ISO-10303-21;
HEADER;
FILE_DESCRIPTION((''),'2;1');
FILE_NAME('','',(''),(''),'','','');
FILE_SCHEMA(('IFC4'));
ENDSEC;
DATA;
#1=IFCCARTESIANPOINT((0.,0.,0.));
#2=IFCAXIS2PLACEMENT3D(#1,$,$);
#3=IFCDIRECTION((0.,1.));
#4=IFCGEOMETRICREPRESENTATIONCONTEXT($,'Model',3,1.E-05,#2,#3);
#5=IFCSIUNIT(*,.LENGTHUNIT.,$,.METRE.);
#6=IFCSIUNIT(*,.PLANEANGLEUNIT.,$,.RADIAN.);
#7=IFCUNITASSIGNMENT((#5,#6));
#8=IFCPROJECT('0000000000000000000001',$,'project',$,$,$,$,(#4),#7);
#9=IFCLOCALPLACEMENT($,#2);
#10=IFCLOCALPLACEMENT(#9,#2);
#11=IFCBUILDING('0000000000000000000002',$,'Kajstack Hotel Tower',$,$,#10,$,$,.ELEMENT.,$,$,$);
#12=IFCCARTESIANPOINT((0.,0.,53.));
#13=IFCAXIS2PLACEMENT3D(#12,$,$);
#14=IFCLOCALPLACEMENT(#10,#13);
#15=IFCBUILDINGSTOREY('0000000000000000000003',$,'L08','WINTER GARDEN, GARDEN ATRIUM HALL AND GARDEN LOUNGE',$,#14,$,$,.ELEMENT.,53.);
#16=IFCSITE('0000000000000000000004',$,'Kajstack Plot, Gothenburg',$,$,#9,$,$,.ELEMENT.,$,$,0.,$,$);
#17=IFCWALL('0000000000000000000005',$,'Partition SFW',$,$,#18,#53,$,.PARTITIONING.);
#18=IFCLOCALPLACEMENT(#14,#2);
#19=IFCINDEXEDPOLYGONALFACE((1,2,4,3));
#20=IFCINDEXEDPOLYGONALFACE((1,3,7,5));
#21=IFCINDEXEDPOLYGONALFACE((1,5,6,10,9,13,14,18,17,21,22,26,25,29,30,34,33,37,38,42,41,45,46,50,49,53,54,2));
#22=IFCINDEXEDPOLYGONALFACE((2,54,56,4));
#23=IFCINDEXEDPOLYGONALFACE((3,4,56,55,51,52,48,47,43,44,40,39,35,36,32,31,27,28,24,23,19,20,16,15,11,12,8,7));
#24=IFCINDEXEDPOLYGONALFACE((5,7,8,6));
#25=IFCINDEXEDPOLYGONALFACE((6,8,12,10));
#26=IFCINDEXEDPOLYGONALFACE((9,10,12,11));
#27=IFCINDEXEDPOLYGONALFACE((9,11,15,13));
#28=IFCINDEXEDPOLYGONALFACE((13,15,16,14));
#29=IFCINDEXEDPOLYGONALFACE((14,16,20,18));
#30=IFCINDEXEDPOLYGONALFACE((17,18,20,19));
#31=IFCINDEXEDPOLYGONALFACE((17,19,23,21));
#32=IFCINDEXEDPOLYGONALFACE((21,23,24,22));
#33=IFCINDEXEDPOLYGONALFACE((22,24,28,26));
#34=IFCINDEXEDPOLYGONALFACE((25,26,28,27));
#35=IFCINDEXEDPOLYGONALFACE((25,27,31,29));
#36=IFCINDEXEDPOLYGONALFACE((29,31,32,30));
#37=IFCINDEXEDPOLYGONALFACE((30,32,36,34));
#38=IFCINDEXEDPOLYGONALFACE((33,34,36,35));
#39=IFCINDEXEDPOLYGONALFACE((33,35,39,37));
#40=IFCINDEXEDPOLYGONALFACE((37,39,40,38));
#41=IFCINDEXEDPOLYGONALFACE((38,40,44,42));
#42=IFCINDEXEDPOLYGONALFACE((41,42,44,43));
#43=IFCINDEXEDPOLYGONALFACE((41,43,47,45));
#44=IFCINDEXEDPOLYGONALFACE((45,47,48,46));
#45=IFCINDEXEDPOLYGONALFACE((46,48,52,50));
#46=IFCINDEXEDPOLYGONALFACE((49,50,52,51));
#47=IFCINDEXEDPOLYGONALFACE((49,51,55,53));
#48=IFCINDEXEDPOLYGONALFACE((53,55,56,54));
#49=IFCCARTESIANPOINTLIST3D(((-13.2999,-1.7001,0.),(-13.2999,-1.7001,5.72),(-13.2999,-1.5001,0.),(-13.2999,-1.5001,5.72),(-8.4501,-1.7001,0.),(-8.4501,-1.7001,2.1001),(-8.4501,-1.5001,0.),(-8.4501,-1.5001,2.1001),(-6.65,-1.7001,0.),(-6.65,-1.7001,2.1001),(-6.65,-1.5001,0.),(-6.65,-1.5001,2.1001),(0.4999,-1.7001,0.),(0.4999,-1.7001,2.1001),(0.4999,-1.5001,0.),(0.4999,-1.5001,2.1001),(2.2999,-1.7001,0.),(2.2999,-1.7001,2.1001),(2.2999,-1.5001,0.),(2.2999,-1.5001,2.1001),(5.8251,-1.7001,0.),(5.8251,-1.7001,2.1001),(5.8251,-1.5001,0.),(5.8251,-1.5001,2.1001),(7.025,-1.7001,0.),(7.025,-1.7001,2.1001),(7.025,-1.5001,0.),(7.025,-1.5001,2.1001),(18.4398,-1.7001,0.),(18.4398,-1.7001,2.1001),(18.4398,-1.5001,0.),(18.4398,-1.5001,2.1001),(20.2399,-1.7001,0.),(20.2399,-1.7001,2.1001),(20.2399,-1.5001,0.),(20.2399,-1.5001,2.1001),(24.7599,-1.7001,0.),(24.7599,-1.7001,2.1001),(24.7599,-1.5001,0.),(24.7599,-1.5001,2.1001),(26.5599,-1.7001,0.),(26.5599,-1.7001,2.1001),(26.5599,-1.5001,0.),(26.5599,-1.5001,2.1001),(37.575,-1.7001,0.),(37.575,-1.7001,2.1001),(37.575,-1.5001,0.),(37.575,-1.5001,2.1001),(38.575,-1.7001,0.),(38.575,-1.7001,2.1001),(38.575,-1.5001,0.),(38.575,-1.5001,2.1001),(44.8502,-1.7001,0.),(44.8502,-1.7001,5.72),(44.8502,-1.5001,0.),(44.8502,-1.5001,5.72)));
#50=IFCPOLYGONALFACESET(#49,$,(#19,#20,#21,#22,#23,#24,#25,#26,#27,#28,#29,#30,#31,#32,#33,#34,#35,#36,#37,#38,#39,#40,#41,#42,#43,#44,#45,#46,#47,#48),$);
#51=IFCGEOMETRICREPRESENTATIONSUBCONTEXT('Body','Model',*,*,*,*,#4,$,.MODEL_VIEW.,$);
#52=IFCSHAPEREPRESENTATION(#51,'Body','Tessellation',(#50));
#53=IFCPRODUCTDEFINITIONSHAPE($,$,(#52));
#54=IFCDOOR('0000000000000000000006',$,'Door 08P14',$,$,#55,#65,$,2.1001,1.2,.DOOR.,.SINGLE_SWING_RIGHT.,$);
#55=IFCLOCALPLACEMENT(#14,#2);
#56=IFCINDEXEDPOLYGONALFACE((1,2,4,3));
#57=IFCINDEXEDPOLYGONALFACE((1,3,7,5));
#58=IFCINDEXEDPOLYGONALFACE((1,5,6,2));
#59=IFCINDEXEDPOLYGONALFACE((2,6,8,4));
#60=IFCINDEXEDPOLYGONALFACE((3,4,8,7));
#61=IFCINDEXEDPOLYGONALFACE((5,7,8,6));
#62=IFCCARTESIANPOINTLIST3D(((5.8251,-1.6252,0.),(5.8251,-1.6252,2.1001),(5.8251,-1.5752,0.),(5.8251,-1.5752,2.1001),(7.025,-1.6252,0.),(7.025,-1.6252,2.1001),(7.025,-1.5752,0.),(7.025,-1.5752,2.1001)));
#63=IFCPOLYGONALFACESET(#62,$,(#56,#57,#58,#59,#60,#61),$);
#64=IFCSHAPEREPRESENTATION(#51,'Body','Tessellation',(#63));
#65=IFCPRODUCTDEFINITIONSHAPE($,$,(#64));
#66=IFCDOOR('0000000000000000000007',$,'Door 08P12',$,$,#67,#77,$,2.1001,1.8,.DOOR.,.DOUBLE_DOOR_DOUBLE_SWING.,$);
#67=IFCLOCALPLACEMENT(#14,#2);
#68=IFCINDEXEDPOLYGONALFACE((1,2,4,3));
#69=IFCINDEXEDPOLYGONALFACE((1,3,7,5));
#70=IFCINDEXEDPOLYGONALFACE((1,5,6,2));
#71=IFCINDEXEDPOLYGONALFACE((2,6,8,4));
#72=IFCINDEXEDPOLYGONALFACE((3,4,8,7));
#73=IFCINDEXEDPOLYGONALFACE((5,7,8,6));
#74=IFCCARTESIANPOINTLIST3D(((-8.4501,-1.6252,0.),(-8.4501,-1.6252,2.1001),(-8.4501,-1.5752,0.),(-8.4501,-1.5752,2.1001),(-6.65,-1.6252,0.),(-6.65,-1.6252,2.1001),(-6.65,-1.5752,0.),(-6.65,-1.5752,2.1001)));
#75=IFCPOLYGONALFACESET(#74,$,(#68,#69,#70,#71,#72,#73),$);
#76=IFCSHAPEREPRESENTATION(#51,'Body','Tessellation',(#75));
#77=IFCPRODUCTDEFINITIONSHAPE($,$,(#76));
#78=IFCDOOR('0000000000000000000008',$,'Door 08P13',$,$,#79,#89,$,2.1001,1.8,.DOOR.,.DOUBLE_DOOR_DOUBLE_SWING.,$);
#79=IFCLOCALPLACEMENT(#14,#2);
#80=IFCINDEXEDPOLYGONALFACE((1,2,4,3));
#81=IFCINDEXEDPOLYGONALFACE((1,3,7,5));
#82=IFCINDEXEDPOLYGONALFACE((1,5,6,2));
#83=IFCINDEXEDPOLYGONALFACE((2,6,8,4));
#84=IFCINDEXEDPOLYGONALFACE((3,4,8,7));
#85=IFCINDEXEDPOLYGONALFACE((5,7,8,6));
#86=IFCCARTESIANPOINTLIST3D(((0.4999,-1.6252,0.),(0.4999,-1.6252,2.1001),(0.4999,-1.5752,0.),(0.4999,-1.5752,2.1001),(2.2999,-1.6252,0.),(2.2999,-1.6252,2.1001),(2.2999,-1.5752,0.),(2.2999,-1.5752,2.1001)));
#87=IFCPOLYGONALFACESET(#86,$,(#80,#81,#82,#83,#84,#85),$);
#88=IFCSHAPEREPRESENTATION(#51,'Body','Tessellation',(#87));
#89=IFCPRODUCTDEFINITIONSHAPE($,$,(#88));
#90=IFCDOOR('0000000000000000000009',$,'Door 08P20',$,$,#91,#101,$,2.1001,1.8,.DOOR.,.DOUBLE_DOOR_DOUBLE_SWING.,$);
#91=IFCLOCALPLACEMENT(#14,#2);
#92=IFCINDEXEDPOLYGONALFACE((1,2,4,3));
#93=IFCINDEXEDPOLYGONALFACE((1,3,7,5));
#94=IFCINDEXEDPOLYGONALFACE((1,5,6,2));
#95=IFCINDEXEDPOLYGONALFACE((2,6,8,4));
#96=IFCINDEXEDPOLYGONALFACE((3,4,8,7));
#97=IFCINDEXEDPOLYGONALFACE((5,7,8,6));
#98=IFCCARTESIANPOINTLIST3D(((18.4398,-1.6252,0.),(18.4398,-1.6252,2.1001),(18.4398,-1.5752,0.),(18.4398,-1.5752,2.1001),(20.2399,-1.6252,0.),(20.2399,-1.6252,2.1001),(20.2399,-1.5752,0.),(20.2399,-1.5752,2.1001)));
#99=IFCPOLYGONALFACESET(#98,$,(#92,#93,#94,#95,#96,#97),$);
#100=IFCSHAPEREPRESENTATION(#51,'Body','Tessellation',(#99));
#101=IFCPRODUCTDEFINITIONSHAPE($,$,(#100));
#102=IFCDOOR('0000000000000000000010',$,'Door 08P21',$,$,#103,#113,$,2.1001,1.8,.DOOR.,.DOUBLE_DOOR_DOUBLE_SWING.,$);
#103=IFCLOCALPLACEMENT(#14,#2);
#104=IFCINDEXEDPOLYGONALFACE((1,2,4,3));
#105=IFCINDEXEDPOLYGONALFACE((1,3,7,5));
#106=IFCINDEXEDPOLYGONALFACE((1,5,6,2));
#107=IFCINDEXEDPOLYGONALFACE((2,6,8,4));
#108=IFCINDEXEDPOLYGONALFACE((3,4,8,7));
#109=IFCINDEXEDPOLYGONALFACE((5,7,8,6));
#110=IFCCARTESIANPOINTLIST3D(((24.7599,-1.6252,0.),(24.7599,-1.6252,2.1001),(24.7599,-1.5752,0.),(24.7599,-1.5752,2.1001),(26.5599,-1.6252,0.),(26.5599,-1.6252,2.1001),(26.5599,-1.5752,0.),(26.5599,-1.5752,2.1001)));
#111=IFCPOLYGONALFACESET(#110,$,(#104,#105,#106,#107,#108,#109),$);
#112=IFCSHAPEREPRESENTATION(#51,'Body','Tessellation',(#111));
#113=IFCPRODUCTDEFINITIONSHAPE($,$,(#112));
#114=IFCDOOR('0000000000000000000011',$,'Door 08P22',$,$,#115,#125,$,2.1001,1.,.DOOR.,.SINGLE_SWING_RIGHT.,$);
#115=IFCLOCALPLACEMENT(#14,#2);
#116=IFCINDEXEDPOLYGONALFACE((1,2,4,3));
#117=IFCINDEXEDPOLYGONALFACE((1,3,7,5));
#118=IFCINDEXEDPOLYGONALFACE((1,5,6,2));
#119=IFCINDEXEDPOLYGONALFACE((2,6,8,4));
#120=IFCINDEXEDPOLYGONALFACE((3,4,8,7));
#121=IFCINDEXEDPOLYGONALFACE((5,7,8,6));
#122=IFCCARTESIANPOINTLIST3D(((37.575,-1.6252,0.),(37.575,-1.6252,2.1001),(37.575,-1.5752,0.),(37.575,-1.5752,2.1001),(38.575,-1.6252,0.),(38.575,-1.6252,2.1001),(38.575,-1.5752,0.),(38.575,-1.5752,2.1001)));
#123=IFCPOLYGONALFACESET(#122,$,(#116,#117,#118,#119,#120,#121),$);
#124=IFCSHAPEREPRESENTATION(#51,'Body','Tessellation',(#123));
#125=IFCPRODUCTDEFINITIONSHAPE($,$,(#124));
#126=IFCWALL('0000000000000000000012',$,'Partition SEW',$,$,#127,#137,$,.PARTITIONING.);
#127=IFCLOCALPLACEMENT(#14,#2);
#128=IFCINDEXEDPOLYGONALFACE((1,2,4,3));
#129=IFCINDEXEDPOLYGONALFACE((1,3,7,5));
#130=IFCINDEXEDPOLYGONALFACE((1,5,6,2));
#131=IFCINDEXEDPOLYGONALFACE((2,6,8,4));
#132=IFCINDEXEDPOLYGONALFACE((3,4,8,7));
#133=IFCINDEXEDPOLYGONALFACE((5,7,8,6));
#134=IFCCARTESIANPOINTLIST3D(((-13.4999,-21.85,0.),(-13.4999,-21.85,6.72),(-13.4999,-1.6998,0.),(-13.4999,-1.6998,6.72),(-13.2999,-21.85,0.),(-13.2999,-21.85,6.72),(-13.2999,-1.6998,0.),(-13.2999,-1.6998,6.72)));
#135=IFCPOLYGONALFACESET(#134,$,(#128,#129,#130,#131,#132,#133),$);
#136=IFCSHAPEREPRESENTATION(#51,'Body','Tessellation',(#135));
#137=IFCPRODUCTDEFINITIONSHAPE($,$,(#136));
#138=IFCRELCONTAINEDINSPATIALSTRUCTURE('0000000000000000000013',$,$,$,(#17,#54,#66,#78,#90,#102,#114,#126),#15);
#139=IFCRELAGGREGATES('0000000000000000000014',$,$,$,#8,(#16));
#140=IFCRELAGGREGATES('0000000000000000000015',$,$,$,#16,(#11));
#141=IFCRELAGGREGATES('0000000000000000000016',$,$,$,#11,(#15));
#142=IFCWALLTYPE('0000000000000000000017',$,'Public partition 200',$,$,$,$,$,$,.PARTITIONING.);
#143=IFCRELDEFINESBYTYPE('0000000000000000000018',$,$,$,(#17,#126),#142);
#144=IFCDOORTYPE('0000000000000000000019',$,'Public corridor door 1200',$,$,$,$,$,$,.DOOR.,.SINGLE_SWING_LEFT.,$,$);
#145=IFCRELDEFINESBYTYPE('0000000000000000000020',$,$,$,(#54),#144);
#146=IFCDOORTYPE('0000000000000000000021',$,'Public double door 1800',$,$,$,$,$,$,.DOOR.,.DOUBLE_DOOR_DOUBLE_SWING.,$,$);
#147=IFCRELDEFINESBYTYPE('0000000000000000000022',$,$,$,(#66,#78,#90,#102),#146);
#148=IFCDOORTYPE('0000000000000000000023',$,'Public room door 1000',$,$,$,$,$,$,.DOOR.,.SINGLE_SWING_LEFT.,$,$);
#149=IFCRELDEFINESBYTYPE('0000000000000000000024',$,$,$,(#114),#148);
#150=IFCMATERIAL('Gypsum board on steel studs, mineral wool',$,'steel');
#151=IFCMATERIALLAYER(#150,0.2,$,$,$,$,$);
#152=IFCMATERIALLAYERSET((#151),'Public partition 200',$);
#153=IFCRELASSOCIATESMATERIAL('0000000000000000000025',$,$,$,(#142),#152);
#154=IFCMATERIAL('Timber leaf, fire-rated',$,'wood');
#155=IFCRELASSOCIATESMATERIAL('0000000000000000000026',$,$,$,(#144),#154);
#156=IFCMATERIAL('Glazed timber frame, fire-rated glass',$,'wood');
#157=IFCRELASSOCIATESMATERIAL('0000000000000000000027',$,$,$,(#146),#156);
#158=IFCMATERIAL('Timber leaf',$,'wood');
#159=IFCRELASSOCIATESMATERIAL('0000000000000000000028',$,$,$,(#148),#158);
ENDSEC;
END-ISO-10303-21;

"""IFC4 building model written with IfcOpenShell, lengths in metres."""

from ifc_helpers import new_model, si_unit, direction, frame, frame_2d, origin, place, context, subcontext, project, spatial, rectangle, extrude, material, layer, layer_set, type_object, element, fill, save


model = new_model("IFC4")

# Units and contexts
model_context = context("Model", 3, precision=1e-05, world=origin(), true_north=direction((0.0, 1.0)))
body_context = subcontext(model_context, "Body", "Model", "MODEL_VIEW")
ifc_project = project(units=[si_unit("LENGTHUNIT", "METRE"), si_unit("PLANEANGLEUNIT", "RADIAN")], contexts=[model_context])

# Site, building, storey
site_placement = place(None, origin())
site = spatial("IfcSite", under=ifc_project, at=site_placement, Name="Kajstack Plot, Gothenburg", CompositionType="ELEMENT", RefElevation=0.0)
building_placement = place(site_placement, origin())
building = spatial("IfcBuilding", under=site, at=building_placement, Name="Kajstack Hotel Tower", CompositionType="ELEMENT")
storey_placement = place(building_placement, frame((0.0, 0.0, 53.0)))
storey = spatial("IfcBuildingStorey", under=building, at=storey_placement, Name="L08", Description="WINTER GARDEN, GARDEN ATRIUM HALL AND GARDEN LOUNGE", CompositionType="ELEMENT", Elevation=53.0)

# Shared definitions
ifc_material_1 = material(Name="Gypsum board on steel studs, mineral wool", Category="steel")
ifc_layer_1 = layer(ifc_material_1, 0.2)
ifc_layer_set_1 = layer_set([ifc_layer_1], Name="Public partition 200")
wall_type = type_object("IfcWallType", Name="Public partition 200", PredefinedType="PARTITIONING", material=ifc_layer_set_1)

# Wall, openings, doors
wall_1_placement = place(storey_placement, frame((-13.3, -1.6001, 0.0), z_axis=(0.0, 0.0, 1.0), x_axis=(1.0, 0.0, 0.0)))
wall_1 = element("IfcWall", 1, at=wall_1_placement, inside=storey, type_object=wall_type, Name="Partition SFW", PredefinedType="PARTITIONING", context=body_context, shape_type="SweptSolid", body=[
    extrude(rectangle(XDim=58.1501, YDim=0.2, at=frame_2d((29.0752, 0.0))), origin(), (0.0, 0.0, 1.0), 5.72),
])
opening_1_placement = place(wall_1_placement, frame((4.8501, 0.0, 0.0)))
opening_1 = element("IfcOpeningElement", 2, at=opening_1_placement, cuts=wall_1, PredefinedType="OPENING", context=body_context, shape_type="SweptSolid", body=[
    extrude(rectangle(XDim=1.8, YDim=2.1001, at=frame_2d((0.8999, 1.05))), frame((0.0, 0.1099, 0.0), z_axis=(0.0, -1.0, 0.0), x_axis=(1.0, 0.0, 0.0)), (0.0, 0.0, 1.0), 0.22),
])
opening_2_placement = place(wall_1_placement, frame((13.8, 0.0, 0.0)))
opening_2 = element("IfcOpeningElement", 3, at=opening_2_placement, cuts=wall_1, PredefinedType="OPENING", context=body_context, shape_type="SweptSolid", body=[
    extrude(rectangle(XDim=1.8, YDim=2.1001, at=frame_2d((0.8999, 1.05))), frame((0.0, 0.1099, 0.0), z_axis=(0.0, -1.0, 0.0), x_axis=(1.0, 0.0, 0.0)), (0.0, 0.0, 1.0), 0.22),
])
opening_3_placement = place(wall_1_placement, frame((19.125, 0.0, 0.0)))
opening_3 = element("IfcOpeningElement", 4, at=opening_3_placement, cuts=wall_1, PredefinedType="OPENING", context=body_context, shape_type="SweptSolid", body=[
    extrude(rectangle(XDim=1.2, YDim=2.1001, at=frame_2d((0.6001, 1.05))), frame((0.0, 0.1099, 0.0), z_axis=(0.0, -1.0, 0.0), x_axis=(1.0, 0.0, 0.0)), (0.0, 0.0, 1.0), 0.22),
])
opening_4_placement = place(wall_1_placement, frame((31.74, 0.0, 0.0)))
opening_4 = element("IfcOpeningElement", 5, at=opening_4_placement, cuts=wall_1, PredefinedType="OPENING", context=body_context, shape_type="SweptSolid", body=[
    extrude(rectangle(XDim=1.8, YDim=2.1001, at=frame_2d((0.8999, 1.05))), frame((0.0, 0.1099, 0.0), z_axis=(0.0, -1.0, 0.0), x_axis=(1.0, 0.0, 0.0)), (0.0, 0.0, 1.0), 0.22),
])
opening_5_placement = place(wall_1_placement, frame((38.0601, 0.0, 0.0)))
opening_5 = element("IfcOpeningElement", 6, at=opening_5_placement, cuts=wall_1, PredefinedType="OPENING", context=body_context, shape_type="SweptSolid", body=[
    extrude(rectangle(XDim=1.8, YDim=2.1001, at=frame_2d((0.8999, 1.05))), frame((0.0, 0.1099, 0.0), z_axis=(0.0, -1.0, 0.0), x_axis=(1.0, 0.0, 0.0)), (0.0, 0.0, 1.0), 0.22),
])
opening_6_placement = place(wall_1_placement, frame((50.875, 0.0, 0.0)))
opening_6 = element("IfcOpeningElement", 7, at=opening_6_placement, cuts=wall_1, PredefinedType="OPENING", context=body_context, shape_type="SweptSolid", body=[
    extrude(rectangle(XDim=1.0, YDim=2.1001, at=frame_2d((0.5, 1.05))), frame((0.0, 0.1099, 0.0), z_axis=(0.0, -1.0, 0.0), x_axis=(1.0, 0.0, 0.0)), (0.0, 0.0, 1.0), 0.22),
])
ifc_material_2 = material(Name="Timber leaf, fire-rated", Category="wood")
door_type_1 = type_object("IfcDoorType", Name="Public corridor door 1200", OperationType="SINGLE_SWING_LEFT", PredefinedType="DOOR", material=ifc_material_2)
door_1_placement = place(opening_3_placement, origin())
door_1 = element("IfcDoor", 8, at=door_1_placement, inside=storey, type_object=door_type_1, Name="Door 08P14", OperationType="SINGLE_SWING_RIGHT", OverallHeight=2.1001, OverallWidth=1.2, PredefinedType="DOOR", context=body_context, shape_type="SweptSolid", body=[
    extrude(rectangle(XDim=1.2, YDim=2.1001, at=frame_2d((0.6001, 1.05))), frame((0.0, 0.0249, 0.0), z_axis=(0.0, -1.0, 0.0), x_axis=(1.0, 0.0, 0.0)), (0.0, 0.0, 1.0), 0.05),
])
fill(opening_3, door_1)
ifc_material_3 = material(Name="Glazed timber frame, fire-rated glass", Category="wood")
door_type_2 = type_object("IfcDoorType", Name="Public double door 1800", OperationType="DOUBLE_DOOR_DOUBLE_SWING", PredefinedType="DOOR", material=ifc_material_3)
door_2_placement = place(opening_1_placement, origin())
door_2 = element("IfcDoor", 9, at=door_2_placement, inside=storey, type_object=door_type_2, Name="Door 08P12", OperationType="DOUBLE_DOOR_DOUBLE_SWING", OverallHeight=2.1001, OverallWidth=1.8, PredefinedType="DOOR", context=body_context, shape_type="SweptSolid", body=[
    extrude(rectangle(XDim=1.8, YDim=2.1001, at=frame_2d((0.8999, 1.05))), frame((0.0, 0.0249, 0.0), z_axis=(0.0, -1.0, 0.0), x_axis=(1.0, 0.0, 0.0)), (0.0, 0.0, 1.0), 0.05),
])
fill(opening_1, door_2)
door_3_placement = place(opening_2_placement, origin())
door_3 = element("IfcDoor", 10, at=door_3_placement, inside=storey, type_object=door_type_2, Name="Door 08P13", OperationType="DOUBLE_DOOR_DOUBLE_SWING", OverallHeight=2.1001, OverallWidth=1.8, PredefinedType="DOOR", context=body_context, shape_type="SweptSolid", body=[
    extrude(rectangle(XDim=1.8, YDim=2.1001, at=frame_2d((0.8999, 1.05))), frame((0.0, 0.0249, 0.0), z_axis=(0.0, -1.0, 0.0), x_axis=(1.0, 0.0, 0.0)), (0.0, 0.0, 1.0), 0.05),
])
fill(opening_2, door_3)
door_4_placement = place(opening_4_placement, origin())
door_4 = element("IfcDoor", 11, at=door_4_placement, inside=storey, type_object=door_type_2, Name="Door 08P20", OperationType="DOUBLE_DOOR_DOUBLE_SWING", OverallHeight=2.1001, OverallWidth=1.8, PredefinedType="DOOR", context=body_context, shape_type="SweptSolid", body=[
    extrude(rectangle(XDim=1.8, YDim=2.1001, at=frame_2d((0.8999, 1.05))), frame((0.0, 0.0249, 0.0), z_axis=(0.0, -1.0, 0.0), x_axis=(1.0, 0.0, 0.0)), (0.0, 0.0, 1.0), 0.05),
])
fill(opening_4, door_4)
door_5_placement = place(opening_5_placement, origin())
door_5 = element("IfcDoor", 12, at=door_5_placement, inside=storey, type_object=door_type_2, Name="Door 08P21", OperationType="DOUBLE_DOOR_DOUBLE_SWING", OverallHeight=2.1001, OverallWidth=1.8, PredefinedType="DOOR", context=body_context, shape_type="SweptSolid", body=[
    extrude(rectangle(XDim=1.8, YDim=2.1001, at=frame_2d((0.8999, 1.05))), frame((0.0, 0.0249, 0.0), z_axis=(0.0, -1.0, 0.0), x_axis=(1.0, 0.0, 0.0)), (0.0, 0.0, 1.0), 0.05),
])
fill(opening_5, door_5)
ifc_material_4 = material(Name="Timber leaf", Category="wood")
door_type_3 = type_object("IfcDoorType", Name="Public room door 1000", OperationType="SINGLE_SWING_LEFT", PredefinedType="DOOR", material=ifc_material_4)
door_6_placement = place(opening_6_placement, origin())
door_6 = element("IfcDoor", 13, at=door_6_placement, inside=storey, type_object=door_type_3, Name="Door 08P22", OperationType="SINGLE_SWING_RIGHT", OverallHeight=2.1001, OverallWidth=1.0, PredefinedType="DOOR", context=body_context, shape_type="SweptSolid", body=[
    extrude(rectangle(XDim=1.0, YDim=2.1001, at=frame_2d((0.5, 1.05))), frame((0.0, 0.0249, 0.0), z_axis=(0.0, -1.0, 0.0), x_axis=(1.0, 0.0, 0.0)), (0.0, 0.0, 1.0), 0.05),
])
fill(opening_6, door_6)

# Wall
wall_2_placement = place(storey_placement, frame((-13.3999, -21.8501, 0.0), z_axis=(0.0, 0.0, 1.0), x_axis=(0.0, 1.0, 0.0)))
element("IfcWall", 14, at=wall_2_placement, inside=storey, type_object=wall_type, Name="Partition SEW", PredefinedType="PARTITIONING", context=body_context, shape_type="SweptSolid", body=[
    extrude(rectangle(XDim=20.1501, YDim=0.2, at=frame_2d((10.0752, 0.0))), origin(), (0.0, 0.0, 1.0), 6.72),
])

save(model, "model.ifc")
